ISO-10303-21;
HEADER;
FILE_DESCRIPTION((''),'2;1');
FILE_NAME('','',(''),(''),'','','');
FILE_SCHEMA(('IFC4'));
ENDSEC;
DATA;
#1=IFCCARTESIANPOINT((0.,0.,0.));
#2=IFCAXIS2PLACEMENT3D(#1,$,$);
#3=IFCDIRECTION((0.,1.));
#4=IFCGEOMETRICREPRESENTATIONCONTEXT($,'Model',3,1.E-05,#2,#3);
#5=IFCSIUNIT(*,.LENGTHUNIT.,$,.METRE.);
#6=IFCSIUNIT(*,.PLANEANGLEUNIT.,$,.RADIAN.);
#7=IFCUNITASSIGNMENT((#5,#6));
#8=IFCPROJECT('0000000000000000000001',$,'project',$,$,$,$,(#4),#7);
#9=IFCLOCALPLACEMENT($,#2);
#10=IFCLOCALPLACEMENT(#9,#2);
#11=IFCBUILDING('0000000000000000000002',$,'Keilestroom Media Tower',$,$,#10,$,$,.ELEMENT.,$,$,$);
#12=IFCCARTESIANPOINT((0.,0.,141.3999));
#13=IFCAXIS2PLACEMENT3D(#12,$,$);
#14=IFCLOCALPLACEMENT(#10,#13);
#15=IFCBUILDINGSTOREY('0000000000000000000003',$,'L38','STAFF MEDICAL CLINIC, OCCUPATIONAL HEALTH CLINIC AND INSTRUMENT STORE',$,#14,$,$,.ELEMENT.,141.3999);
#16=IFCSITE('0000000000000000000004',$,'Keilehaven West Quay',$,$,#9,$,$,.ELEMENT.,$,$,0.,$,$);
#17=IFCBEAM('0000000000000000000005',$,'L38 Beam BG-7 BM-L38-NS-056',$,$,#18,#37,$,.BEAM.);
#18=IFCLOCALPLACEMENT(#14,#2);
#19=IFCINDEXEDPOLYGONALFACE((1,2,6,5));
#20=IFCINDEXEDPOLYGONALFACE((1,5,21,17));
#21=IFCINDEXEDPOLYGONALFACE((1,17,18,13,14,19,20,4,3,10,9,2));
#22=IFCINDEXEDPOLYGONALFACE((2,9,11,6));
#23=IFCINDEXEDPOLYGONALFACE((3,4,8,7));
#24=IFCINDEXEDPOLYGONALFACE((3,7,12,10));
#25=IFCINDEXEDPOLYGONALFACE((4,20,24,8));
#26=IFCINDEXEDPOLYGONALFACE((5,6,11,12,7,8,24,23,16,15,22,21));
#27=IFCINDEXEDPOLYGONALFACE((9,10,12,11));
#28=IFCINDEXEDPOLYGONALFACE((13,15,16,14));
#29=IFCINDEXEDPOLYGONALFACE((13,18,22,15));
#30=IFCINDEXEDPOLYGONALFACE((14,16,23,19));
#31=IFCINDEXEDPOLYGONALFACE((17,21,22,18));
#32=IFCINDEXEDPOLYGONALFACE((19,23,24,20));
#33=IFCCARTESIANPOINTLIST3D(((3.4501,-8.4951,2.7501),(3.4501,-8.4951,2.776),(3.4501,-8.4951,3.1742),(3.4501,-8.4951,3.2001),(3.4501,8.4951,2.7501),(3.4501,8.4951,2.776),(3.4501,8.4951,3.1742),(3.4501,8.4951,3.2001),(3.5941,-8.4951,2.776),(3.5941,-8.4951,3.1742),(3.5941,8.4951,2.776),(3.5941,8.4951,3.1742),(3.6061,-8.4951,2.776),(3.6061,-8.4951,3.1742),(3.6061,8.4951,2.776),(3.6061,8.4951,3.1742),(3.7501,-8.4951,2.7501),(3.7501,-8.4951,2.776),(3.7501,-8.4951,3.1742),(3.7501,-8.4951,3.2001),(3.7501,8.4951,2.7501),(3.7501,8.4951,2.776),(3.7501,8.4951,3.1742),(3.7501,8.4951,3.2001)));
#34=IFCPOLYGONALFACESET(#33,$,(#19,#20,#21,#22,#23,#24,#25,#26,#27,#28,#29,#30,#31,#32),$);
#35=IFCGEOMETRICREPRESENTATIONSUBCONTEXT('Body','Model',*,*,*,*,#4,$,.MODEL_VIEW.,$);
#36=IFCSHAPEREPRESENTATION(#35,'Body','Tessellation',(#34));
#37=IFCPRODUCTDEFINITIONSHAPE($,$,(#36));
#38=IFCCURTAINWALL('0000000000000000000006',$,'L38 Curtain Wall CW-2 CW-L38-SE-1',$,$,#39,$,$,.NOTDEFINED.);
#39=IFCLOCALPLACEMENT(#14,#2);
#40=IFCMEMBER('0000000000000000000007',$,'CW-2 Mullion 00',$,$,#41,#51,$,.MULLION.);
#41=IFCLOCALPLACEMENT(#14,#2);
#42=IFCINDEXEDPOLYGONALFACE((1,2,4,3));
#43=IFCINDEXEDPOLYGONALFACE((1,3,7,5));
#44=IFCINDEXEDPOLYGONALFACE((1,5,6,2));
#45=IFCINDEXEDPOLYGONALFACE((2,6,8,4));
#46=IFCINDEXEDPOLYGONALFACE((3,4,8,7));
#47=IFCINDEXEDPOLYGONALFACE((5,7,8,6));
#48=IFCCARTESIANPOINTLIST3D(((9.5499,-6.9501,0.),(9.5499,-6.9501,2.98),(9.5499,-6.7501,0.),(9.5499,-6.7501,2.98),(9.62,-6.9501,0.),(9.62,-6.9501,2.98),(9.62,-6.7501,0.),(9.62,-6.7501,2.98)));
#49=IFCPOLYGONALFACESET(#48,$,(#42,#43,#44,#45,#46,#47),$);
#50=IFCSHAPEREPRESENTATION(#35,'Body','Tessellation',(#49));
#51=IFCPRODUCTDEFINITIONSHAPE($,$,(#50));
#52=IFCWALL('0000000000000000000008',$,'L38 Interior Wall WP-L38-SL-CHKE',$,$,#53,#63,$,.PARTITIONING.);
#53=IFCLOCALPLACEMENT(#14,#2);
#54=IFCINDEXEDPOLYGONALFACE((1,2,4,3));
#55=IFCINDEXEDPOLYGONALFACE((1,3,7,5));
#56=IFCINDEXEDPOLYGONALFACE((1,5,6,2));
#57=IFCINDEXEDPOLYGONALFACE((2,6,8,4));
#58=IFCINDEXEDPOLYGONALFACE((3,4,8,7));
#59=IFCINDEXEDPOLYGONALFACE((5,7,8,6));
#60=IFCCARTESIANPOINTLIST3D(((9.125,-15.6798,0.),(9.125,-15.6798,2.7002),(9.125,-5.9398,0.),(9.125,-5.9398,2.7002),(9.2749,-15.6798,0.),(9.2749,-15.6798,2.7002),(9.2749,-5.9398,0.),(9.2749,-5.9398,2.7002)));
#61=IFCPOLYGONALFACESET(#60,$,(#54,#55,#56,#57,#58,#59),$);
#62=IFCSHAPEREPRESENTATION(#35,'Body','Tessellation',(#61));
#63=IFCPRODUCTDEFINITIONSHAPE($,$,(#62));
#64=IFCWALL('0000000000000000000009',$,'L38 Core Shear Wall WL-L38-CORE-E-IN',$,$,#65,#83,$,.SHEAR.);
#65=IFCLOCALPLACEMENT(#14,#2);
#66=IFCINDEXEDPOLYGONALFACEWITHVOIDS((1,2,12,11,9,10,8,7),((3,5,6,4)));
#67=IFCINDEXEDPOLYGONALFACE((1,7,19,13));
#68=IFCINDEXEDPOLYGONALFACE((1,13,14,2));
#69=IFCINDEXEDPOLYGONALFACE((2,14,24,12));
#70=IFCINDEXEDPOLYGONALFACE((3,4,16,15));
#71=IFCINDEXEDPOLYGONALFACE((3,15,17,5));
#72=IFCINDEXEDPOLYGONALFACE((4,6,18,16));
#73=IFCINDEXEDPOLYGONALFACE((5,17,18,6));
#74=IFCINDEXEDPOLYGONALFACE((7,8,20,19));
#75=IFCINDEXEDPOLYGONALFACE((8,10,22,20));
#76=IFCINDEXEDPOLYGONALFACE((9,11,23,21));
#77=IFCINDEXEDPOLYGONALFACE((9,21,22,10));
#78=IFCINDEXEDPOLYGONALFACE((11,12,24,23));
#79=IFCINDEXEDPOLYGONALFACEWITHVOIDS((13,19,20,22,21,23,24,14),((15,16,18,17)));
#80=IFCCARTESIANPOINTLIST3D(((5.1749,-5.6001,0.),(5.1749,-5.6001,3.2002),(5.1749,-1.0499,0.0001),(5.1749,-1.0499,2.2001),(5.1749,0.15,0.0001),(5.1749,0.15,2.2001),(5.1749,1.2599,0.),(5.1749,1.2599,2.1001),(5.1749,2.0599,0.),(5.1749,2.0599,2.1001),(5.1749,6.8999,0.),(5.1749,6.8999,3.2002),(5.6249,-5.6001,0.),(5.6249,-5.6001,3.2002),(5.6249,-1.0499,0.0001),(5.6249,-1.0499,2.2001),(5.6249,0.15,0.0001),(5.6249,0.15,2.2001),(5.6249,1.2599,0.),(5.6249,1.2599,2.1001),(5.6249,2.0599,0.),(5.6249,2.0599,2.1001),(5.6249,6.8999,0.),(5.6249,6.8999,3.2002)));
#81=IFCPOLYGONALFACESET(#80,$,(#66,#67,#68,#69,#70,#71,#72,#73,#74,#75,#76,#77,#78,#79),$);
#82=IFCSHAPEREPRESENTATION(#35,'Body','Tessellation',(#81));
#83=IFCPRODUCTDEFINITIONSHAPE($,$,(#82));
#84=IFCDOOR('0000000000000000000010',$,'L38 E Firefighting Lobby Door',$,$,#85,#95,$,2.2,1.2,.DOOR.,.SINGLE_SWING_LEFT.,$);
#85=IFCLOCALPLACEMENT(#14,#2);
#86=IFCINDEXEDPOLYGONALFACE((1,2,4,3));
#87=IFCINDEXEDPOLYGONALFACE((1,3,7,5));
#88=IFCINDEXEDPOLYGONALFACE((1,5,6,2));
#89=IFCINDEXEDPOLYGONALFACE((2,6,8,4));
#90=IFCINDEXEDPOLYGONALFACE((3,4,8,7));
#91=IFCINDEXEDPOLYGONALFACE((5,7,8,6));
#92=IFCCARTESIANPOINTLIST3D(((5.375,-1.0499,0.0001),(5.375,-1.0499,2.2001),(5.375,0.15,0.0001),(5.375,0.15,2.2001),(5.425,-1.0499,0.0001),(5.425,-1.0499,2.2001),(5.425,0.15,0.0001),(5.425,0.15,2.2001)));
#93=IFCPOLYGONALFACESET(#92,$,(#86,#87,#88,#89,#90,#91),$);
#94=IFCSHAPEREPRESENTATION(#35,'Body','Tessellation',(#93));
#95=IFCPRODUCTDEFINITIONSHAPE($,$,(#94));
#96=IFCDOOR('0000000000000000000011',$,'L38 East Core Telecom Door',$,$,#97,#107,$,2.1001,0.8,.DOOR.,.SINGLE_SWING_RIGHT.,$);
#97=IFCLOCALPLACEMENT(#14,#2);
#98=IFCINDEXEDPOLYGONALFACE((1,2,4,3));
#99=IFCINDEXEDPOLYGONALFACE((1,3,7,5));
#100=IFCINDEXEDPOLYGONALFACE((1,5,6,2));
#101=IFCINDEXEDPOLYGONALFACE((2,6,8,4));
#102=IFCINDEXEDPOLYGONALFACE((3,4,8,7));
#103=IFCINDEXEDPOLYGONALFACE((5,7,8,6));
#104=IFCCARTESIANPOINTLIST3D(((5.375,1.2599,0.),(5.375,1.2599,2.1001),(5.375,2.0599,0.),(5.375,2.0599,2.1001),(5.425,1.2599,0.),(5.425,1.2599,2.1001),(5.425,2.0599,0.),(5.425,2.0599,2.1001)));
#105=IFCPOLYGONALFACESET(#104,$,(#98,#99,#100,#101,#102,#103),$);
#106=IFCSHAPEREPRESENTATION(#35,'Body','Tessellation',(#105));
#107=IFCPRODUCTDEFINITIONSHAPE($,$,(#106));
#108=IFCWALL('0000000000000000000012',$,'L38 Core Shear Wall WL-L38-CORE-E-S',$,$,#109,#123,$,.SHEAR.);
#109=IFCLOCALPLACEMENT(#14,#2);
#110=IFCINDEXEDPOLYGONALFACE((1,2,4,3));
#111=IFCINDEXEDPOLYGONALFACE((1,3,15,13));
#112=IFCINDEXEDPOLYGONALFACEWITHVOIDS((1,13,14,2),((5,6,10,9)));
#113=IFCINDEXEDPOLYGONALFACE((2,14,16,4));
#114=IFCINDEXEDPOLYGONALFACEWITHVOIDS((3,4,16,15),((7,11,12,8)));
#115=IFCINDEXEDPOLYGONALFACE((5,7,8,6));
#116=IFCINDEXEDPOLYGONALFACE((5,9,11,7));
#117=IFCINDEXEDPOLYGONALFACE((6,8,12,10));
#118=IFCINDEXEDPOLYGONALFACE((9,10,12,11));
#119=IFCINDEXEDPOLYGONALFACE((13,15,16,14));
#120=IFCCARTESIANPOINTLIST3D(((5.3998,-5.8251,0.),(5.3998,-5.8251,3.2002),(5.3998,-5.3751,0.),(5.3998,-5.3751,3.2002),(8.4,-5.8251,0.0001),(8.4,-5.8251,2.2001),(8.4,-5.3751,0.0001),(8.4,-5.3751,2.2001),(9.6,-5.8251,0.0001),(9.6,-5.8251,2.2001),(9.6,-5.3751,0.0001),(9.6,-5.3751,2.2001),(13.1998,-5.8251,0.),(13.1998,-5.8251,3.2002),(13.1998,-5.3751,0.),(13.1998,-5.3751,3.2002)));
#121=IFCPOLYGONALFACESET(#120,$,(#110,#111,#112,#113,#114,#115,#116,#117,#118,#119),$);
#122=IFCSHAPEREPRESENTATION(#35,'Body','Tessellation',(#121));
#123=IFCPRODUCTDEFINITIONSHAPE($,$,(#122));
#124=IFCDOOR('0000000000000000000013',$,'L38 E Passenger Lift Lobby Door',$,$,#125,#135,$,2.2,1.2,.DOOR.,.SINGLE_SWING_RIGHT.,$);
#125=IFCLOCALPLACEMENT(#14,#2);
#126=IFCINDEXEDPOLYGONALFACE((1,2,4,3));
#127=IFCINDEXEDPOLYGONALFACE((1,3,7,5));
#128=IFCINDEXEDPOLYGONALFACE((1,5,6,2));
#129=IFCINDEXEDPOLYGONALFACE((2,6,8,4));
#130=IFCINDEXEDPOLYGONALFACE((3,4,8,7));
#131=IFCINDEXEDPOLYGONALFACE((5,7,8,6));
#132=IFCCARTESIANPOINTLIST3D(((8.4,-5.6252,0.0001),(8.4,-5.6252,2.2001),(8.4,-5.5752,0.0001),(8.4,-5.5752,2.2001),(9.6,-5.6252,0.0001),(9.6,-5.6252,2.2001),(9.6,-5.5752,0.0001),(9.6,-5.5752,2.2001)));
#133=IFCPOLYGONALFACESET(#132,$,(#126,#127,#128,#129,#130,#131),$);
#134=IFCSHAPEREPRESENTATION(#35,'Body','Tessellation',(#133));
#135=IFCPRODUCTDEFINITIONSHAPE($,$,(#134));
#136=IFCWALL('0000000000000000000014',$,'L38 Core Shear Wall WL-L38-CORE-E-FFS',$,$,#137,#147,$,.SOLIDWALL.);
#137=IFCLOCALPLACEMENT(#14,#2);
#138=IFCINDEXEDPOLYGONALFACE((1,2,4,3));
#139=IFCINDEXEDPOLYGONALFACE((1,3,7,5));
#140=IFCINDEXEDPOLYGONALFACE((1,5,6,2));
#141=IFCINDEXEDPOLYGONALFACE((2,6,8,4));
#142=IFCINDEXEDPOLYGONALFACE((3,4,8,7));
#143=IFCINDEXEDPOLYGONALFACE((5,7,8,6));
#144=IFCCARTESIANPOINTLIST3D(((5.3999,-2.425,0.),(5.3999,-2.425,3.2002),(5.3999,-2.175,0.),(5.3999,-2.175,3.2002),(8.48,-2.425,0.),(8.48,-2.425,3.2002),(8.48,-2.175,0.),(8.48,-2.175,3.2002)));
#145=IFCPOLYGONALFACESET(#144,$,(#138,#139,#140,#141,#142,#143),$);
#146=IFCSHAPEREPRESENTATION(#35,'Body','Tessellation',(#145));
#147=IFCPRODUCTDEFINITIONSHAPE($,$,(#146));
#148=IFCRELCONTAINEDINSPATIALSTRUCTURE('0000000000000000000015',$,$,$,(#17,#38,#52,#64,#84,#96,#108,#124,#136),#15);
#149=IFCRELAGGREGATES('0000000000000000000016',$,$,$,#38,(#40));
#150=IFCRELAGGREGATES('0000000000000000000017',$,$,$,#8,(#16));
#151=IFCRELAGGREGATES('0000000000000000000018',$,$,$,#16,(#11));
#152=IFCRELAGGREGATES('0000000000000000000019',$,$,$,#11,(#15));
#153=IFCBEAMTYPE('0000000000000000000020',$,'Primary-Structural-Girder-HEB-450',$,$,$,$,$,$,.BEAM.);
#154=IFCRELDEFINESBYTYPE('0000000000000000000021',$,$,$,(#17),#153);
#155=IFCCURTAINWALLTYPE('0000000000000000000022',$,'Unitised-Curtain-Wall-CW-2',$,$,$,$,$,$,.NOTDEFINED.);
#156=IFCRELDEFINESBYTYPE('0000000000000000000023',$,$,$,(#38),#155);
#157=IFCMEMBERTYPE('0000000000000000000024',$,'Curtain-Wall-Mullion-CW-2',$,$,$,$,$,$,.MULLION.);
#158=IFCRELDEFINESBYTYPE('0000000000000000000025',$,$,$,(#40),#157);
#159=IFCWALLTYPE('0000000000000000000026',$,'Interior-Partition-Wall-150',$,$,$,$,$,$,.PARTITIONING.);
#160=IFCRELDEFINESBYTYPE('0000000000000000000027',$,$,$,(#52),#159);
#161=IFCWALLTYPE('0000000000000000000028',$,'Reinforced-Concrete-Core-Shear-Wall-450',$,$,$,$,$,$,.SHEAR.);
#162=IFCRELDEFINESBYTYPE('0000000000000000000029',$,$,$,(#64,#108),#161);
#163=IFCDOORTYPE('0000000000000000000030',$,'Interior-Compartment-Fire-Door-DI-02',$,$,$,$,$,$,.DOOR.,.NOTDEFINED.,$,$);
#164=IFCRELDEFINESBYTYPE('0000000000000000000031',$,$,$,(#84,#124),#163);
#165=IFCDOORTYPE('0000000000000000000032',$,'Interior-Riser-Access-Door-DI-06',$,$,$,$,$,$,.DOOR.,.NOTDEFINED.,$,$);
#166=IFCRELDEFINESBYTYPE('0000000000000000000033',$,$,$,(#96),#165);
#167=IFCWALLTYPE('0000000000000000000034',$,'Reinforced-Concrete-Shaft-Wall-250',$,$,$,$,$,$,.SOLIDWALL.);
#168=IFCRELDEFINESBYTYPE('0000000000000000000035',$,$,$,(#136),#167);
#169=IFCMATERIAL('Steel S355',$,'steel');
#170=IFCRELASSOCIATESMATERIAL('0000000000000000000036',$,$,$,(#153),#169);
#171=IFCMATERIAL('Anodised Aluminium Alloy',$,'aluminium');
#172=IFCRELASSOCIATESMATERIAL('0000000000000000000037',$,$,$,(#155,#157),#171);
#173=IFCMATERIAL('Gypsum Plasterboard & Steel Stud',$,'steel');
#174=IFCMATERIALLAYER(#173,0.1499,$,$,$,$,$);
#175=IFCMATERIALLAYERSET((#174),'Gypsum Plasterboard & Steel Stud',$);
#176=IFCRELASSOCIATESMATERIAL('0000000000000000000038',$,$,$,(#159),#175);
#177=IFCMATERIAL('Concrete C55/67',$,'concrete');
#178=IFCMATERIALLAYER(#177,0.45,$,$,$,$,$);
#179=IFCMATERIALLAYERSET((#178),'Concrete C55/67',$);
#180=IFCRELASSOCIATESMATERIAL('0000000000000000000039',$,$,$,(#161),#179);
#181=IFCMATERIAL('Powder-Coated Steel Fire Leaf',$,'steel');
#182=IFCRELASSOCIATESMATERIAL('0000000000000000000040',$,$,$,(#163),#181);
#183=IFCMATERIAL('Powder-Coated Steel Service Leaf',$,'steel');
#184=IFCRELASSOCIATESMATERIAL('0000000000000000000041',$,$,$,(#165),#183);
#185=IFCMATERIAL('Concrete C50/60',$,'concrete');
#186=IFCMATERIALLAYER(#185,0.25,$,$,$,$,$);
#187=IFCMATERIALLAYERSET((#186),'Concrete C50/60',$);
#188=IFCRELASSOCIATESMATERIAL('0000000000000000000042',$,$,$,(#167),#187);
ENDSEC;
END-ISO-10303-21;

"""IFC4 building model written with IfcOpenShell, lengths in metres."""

from ifc_helpers import new_model, si_unit, direction, frame, frame_2d, origin, origin_2d, place, context, subcontext, project, spatial, rectangle, i_section, extrude, source, transform, mapped, material, layer, layer_set, material_profile, profile_set, type_object, element, fill, aggregate, save


model = new_model("IFC4")

# Units and contexts
model_context = context("Model", 3, precision=1e-05, world=origin(), true_north=direction((0.0, 1.0)))
body_context = subcontext(model_context, "Body", "Model", "MODEL_VIEW")
ifc_project = project(units=[si_unit("LENGTHUNIT", "METRE"), si_unit("PLANEANGLEUNIT", "RADIAN")], contexts=[model_context])

# Site, building, storey
site_placement = place(None, origin())
site = spatial("IfcSite", under=ifc_project, at=site_placement, Name="Keilehaven West Quay", CompositionType="ELEMENT", RefElevation=0.0)
building_placement = place(site_placement, origin())
building = spatial("IfcBuilding", under=site, at=building_placement, Name="Keilestroom Media Tower", CompositionType="ELEMENT")
storey_placement = place(building_placement, frame((0.0, 0.0, 141.3999)))
storey = spatial("IfcBuildingStorey", under=building, at=storey_placement, Name="L38", Description="STAFF MEDICAL CLINIC, OCCUPATIONAL HEALTH CLINIC AND INSTRUMENT STORE", CompositionType="ELEMENT", Elevation=141.3999)

# Shared definitions
ifc_material_1 = material(Name="Steel S355", Category="steel")
ifc_material_2 = material(Name="Concrete C55/67", Category="concrete")

# Beam
ifc_material_profile_1 = material_profile(ifc_material_1, i_section(OverallWidth=0.3, OverallDepth=0.45, WebThickness=0.012, FlangeThickness=0.0259, at=origin_2d()), Name="HEB 450")
ifc_profile_set_1 = profile_set([ifc_material_profile_1], Name="Steel S355")
beam_type_1 = type_object("IfcBeamType", Name="Primary-Structural-Girder-HEB-450", PredefinedType="BEAM", material=ifc_profile_set_1)
shared_shape_1 = source(origin(), body_context, "Body", "SweptSolid", [
    extrude(i_section(OverallWidth=0.3, OverallDepth=0.45, WebThickness=0.012, FlangeThickness=0.0259, at=origin_2d()), origin(), (0.0, 0.0, 1.0), 16.9902),
])
beam_1_placement = place(storey_placement, frame((3.6001, -8.4951, 2.9751), z_axis=(0.0, 1.0, 0.0), x_axis=(-1.0, 0.0, 0.0)))
element("IfcBeam", 1, at=beam_1_placement, inside=storey, type_object=beam_type_1, Name="L38 Beam BG-7 BM-L38-NS-056", PredefinedType="BEAM", context=body_context, shape_type="MappedRepresentation", body=[
    mapped(shared_shape_1, transform((0.0, 0.0, 0.0), x_axis=(1.0, 0.0, 0.0), y_axis=(0.0, 1.0, 0.0), z_axis=(0.0, 0.0, 1.0), scale=1.0)),
])

# Curtain wall, member
ifc_material_3 = material(Name="Anodised Aluminium Alloy", Category="aluminium")
curtain_wall_type = type_object("IfcCurtainWallType", Name="Unitised-Curtain-Wall-CW-2", PredefinedType="NOTDEFINED", material=ifc_material_3)
curtain_wall_placement = place(storey_placement, origin())
curtain_wall = element("IfcCurtainWall", 2, at=curtain_wall_placement, inside=storey, type_object=curtain_wall_type, Name="L38 Curtain Wall CW-2 CW-L38-SE-1", PredefinedType="NOTDEFINED")
ifc_material_profile_2 = material_profile(ifc_material_3, rectangle(XDim=0.0701, YDim=0.2, at=origin_2d()), Name="ALU MULLION 70x200")
ifc_profile_set_2 = profile_set([ifc_material_profile_2], Name="Anodised Aluminium Alloy")
member_type = type_object("IfcMemberType", Name="Curtain-Wall-Mullion-CW-2", PredefinedType="MULLION", material=ifc_profile_set_2)
shared_shape_2 = source(origin(), body_context, "Body", "SweptSolid", [
    extrude(rectangle(XDim=0.0701, YDim=0.2, at=origin_2d()), origin(), (0.0, 0.0, 1.0), 2.98),
])
member_placement = place(storey_placement, frame((9.585, -6.8501, 0.0), z_axis=(0.0, 0.0, 1.0), x_axis=(1.0, 0.0, 0.0)))
member = element("IfcMember", 3, at=member_placement, type_object=member_type, Name="CW-2 Mullion 00", PredefinedType="MULLION", context=body_context, shape_type="MappedRepresentation", body=[
    mapped(shared_shape_2, transform((0.0, 0.0, 0.0), x_axis=(1.0, 0.0, 0.0), y_axis=(0.0, 1.0, 0.0), z_axis=(0.0, 0.0, 1.0), scale=1.0)),
])
aggregate(curtain_wall, [member])

# Wall
ifc_material_4 = material(Name="Gypsum Plasterboard & Steel Stud", Category="steel")
ifc_layer_1 = layer(ifc_material_4, 0.1499)
ifc_layer_set_1 = layer_set([ifc_layer_1], Name="Gypsum Plasterboard & Steel Stud")
wall_type_1 = type_object("IfcWallType", Name="Interior-Partition-Wall-150", PredefinedType="PARTITIONING", material=ifc_layer_set_1)
wall_1_placement = place(storey_placement, frame((9.2, -15.6799, 0.0), z_axis=(0.0, 0.0, 1.0), x_axis=(0.0, 1.0, 0.0)))
element("IfcWall", 4, at=wall_1_placement, inside=storey, type_object=wall_type_1, Name="L38 Interior Wall WP-L38-SL-CHKE", PredefinedType="PARTITIONING", context=body_context, shape_type="SweptSolid", body=[
    extrude(rectangle(XDim=9.74, YDim=0.1499, at=frame_2d((4.8701, 0.0))), origin(), (0.0, 0.0, 1.0), 2.7002),
])

# Wall, openings, doors
ifc_layer_2 = layer(ifc_material_2, 0.45)
ifc_layer_set_2 = layer_set([ifc_layer_2], Name="Concrete C55/67")
wall_type_2 = type_object("IfcWallType", Name="Reinforced-Concrete-Core-Shear-Wall-450", PredefinedType="SHEAR", material=ifc_layer_set_2)
wall_2_placement = place(storey_placement, frame((5.3999, -5.6001, 0.0), z_axis=(0.0, 0.0, 1.0), x_axis=(0.0, 1.0, 0.0)))
wall_2 = element("IfcWall", 5, at=wall_2_placement, inside=storey, type_object=wall_type_2, Name="L38 Core Shear Wall WL-L38-CORE-E-IN", PredefinedType="SHEAR", context=body_context, shape_type="SweptSolid", body=[
    extrude(rectangle(XDim=12.5, YDim=0.45, at=frame_2d((6.25, 0.0))), origin(), (0.0, 0.0, 1.0), 3.2002),
])
opening_1_placement = place(wall_2_placement, frame((4.55, 0.0, 0.0)))
opening_1 = element("IfcOpeningElement", 6, at=opening_1_placement, cuts=wall_2, PredefinedType="OPENING", context=body_context, shape_type="SweptSolid", body=[
    extrude(rectangle(XDim=1.2, YDim=2.2, at=frame_2d((0.6001, 1.1001))), frame((0.0, 0.2349, 0.0), z_axis=(0.0, -1.0, 0.0), x_axis=(1.0, 0.0, 0.0)), (0.0, 0.0, 1.0), 0.47),
])
opening_2_placement = place(wall_2_placement, frame((6.8601, 0.0, 0.0)))
opening_2 = element("IfcOpeningElement", 7, at=opening_2_placement, cuts=wall_2, PredefinedType="OPENING", context=body_context, shape_type="SweptSolid", body=[
    extrude(rectangle(XDim=0.8, YDim=2.1001, at=frame_2d((0.3999, 1.05))), frame((0.0, 0.2349, 0.0), z_axis=(0.0, -1.0, 0.0), x_axis=(1.0, 0.0, 0.0)), (0.0, 0.0, 1.0), 0.47),
])
ifc_material_5 = material(Name="Powder-Coated Steel Fire Leaf", Category="steel")
door_type_1 = type_object("IfcDoorType", Name="Interior-Compartment-Fire-Door-DI-02", OperationType="NOTDEFINED", PredefinedType="DOOR", material=ifc_material_5)
shared_shape_3 = source(origin(), body_context, "Body", "SweptSolid", [
    extrude(rectangle(XDim=1.2, YDim=2.2, at=frame_2d((0.6001, 1.1001))), frame((0.0, 0.0249, 0.0), z_axis=(0.0, -1.0, 0.0), x_axis=(1.0, 0.0, 0.0)), (0.0, 0.0, 1.0), 0.05),
])
door_1_placement = place(opening_1_placement, origin())
door_1 = element("IfcDoor", 8, at=door_1_placement, inside=storey, type_object=door_type_1, Name="L38 E Firefighting Lobby Door", OperationType="SINGLE_SWING_LEFT", OverallHeight=2.2, OverallWidth=1.2, PredefinedType="DOOR", context=body_context, shape_type="MappedRepresentation", body=[
    mapped(shared_shape_3, transform((0.0, 0.0, 0.0), x_axis=(1.0, 0.0, 0.0), y_axis=(0.0, 1.0, 0.0), z_axis=(0.0, 0.0, 1.0), scale=1.0)),
])
fill(opening_1, door_1)
ifc_material_6 = material(Name="Powder-Coated Steel Service Leaf", Category="steel")
door_type_2 = type_object("IfcDoorType", Name="Interior-Riser-Access-Door-DI-06", OperationType="NOTDEFINED", PredefinedType="DOOR", material=ifc_material_6)
shared_shape_4 = source(origin(), body_context, "Body", "SweptSolid", [
    extrude(rectangle(XDim=0.8, YDim=2.1001, at=frame_2d((0.3999, 1.05))), frame((0.0, 0.0249, 0.0), z_axis=(0.0, -1.0, 0.0), x_axis=(1.0, 0.0, 0.0)), (0.0, 0.0, 1.0), 0.05),
])
door_2_placement = place(opening_2_placement, origin())
door_2 = element("IfcDoor", 9, at=door_2_placement, inside=storey, type_object=door_type_2, Name="L38 East Core Telecom Door", OperationType="SINGLE_SWING_RIGHT", OverallHeight=2.1001, OverallWidth=0.8, PredefinedType="DOOR", context=body_context, shape_type="MappedRepresentation", body=[
    mapped(shared_shape_4, transform((0.0, 0.0, 0.0), x_axis=(1.0, 0.0, 0.0), y_axis=(0.0, 1.0, 0.0), z_axis=(0.0, 0.0, 1.0), scale=1.0)),
])
fill(opening_2, door_2)

# Wall, opening, door
wall_3_placement = place(storey_placement, frame((5.3999, -5.6001, 0.0), z_axis=(0.0, 0.0, 1.0), x_axis=(1.0, 0.0, 0.0)))
wall_3 = element("IfcWall", 10, at=wall_3_placement, inside=storey, type_object=wall_type_2, Name="L38 Core Shear Wall WL-L38-CORE-E-S", PredefinedType="SHEAR", context=body_context, shape_type="SweptSolid", body=[
    extrude(rectangle(XDim=7.8, YDim=0.45, at=frame_2d((3.8999, 0.0))), origin(), (0.0, 0.0, 1.0), 3.2002),
])
opening_3_placement = place(wall_3_placement, frame((3.0, 0.0, 0.0)))
opening_3 = element("IfcOpeningElement", 11, at=opening_3_placement, cuts=wall_3, PredefinedType="OPENING", context=body_context, shape_type="SweptSolid", body=[
    extrude(rectangle(XDim=1.2, YDim=2.2, at=frame_2d((0.6001, 1.1001))), frame((0.0, 0.2349, 0.0), z_axis=(0.0, -1.0, 0.0), x_axis=(1.0, 0.0, 0.0)), (0.0, 0.0, 1.0), 0.47),
])
door_3_placement = place(opening_3_placement, origin())
door_3 = element("IfcDoor", 12, at=door_3_placement, inside=storey, type_object=door_type_1, Name="L38 E Passenger Lift Lobby Door", OperationType="SINGLE_SWING_RIGHT", OverallHeight=2.2, OverallWidth=1.2, PredefinedType="DOOR", context=body_context, shape_type="MappedRepresentation", body=[
    mapped(shared_shape_3, transform((0.0, 0.0, 0.0), x_axis=(1.0, 0.0, 0.0), y_axis=(0.0, 1.0, 0.0), z_axis=(0.0, 0.0, 1.0), scale=1.0)),
])
fill(opening_3, door_3)

# Wall
ifc_material_7 = material(Name="Concrete C50/60", Category="concrete")
ifc_layer_3 = layer(ifc_material_7, 0.25)
ifc_layer_set_3 = layer_set([ifc_layer_3], Name="Concrete C50/60")
wall_type_3 = type_object("IfcWallType", Name="Reinforced-Concrete-Shaft-Wall-250", PredefinedType="SOLIDWALL", material=ifc_layer_set_3)
wall_4_placement = place(storey_placement, frame((5.3999, -2.3, 0.0), z_axis=(0.0, 0.0, 1.0), x_axis=(1.0, 0.0, 0.0)))
element("IfcWall", 13, at=wall_4_placement, inside=storey, type_object=wall_type_3, Name="L38 Core Shear Wall WL-L38-CORE-E-FFS", PredefinedType="SOLIDWALL", context=body_context, shape_type="SweptSolid", body=[
    extrude(rectangle(XDim=3.0801, YDim=0.25, at=frame_2d((1.54, 0.0))), origin(), (0.0, 0.0, 1.0), 3.2002),
])

save(model, "model.ifc")
